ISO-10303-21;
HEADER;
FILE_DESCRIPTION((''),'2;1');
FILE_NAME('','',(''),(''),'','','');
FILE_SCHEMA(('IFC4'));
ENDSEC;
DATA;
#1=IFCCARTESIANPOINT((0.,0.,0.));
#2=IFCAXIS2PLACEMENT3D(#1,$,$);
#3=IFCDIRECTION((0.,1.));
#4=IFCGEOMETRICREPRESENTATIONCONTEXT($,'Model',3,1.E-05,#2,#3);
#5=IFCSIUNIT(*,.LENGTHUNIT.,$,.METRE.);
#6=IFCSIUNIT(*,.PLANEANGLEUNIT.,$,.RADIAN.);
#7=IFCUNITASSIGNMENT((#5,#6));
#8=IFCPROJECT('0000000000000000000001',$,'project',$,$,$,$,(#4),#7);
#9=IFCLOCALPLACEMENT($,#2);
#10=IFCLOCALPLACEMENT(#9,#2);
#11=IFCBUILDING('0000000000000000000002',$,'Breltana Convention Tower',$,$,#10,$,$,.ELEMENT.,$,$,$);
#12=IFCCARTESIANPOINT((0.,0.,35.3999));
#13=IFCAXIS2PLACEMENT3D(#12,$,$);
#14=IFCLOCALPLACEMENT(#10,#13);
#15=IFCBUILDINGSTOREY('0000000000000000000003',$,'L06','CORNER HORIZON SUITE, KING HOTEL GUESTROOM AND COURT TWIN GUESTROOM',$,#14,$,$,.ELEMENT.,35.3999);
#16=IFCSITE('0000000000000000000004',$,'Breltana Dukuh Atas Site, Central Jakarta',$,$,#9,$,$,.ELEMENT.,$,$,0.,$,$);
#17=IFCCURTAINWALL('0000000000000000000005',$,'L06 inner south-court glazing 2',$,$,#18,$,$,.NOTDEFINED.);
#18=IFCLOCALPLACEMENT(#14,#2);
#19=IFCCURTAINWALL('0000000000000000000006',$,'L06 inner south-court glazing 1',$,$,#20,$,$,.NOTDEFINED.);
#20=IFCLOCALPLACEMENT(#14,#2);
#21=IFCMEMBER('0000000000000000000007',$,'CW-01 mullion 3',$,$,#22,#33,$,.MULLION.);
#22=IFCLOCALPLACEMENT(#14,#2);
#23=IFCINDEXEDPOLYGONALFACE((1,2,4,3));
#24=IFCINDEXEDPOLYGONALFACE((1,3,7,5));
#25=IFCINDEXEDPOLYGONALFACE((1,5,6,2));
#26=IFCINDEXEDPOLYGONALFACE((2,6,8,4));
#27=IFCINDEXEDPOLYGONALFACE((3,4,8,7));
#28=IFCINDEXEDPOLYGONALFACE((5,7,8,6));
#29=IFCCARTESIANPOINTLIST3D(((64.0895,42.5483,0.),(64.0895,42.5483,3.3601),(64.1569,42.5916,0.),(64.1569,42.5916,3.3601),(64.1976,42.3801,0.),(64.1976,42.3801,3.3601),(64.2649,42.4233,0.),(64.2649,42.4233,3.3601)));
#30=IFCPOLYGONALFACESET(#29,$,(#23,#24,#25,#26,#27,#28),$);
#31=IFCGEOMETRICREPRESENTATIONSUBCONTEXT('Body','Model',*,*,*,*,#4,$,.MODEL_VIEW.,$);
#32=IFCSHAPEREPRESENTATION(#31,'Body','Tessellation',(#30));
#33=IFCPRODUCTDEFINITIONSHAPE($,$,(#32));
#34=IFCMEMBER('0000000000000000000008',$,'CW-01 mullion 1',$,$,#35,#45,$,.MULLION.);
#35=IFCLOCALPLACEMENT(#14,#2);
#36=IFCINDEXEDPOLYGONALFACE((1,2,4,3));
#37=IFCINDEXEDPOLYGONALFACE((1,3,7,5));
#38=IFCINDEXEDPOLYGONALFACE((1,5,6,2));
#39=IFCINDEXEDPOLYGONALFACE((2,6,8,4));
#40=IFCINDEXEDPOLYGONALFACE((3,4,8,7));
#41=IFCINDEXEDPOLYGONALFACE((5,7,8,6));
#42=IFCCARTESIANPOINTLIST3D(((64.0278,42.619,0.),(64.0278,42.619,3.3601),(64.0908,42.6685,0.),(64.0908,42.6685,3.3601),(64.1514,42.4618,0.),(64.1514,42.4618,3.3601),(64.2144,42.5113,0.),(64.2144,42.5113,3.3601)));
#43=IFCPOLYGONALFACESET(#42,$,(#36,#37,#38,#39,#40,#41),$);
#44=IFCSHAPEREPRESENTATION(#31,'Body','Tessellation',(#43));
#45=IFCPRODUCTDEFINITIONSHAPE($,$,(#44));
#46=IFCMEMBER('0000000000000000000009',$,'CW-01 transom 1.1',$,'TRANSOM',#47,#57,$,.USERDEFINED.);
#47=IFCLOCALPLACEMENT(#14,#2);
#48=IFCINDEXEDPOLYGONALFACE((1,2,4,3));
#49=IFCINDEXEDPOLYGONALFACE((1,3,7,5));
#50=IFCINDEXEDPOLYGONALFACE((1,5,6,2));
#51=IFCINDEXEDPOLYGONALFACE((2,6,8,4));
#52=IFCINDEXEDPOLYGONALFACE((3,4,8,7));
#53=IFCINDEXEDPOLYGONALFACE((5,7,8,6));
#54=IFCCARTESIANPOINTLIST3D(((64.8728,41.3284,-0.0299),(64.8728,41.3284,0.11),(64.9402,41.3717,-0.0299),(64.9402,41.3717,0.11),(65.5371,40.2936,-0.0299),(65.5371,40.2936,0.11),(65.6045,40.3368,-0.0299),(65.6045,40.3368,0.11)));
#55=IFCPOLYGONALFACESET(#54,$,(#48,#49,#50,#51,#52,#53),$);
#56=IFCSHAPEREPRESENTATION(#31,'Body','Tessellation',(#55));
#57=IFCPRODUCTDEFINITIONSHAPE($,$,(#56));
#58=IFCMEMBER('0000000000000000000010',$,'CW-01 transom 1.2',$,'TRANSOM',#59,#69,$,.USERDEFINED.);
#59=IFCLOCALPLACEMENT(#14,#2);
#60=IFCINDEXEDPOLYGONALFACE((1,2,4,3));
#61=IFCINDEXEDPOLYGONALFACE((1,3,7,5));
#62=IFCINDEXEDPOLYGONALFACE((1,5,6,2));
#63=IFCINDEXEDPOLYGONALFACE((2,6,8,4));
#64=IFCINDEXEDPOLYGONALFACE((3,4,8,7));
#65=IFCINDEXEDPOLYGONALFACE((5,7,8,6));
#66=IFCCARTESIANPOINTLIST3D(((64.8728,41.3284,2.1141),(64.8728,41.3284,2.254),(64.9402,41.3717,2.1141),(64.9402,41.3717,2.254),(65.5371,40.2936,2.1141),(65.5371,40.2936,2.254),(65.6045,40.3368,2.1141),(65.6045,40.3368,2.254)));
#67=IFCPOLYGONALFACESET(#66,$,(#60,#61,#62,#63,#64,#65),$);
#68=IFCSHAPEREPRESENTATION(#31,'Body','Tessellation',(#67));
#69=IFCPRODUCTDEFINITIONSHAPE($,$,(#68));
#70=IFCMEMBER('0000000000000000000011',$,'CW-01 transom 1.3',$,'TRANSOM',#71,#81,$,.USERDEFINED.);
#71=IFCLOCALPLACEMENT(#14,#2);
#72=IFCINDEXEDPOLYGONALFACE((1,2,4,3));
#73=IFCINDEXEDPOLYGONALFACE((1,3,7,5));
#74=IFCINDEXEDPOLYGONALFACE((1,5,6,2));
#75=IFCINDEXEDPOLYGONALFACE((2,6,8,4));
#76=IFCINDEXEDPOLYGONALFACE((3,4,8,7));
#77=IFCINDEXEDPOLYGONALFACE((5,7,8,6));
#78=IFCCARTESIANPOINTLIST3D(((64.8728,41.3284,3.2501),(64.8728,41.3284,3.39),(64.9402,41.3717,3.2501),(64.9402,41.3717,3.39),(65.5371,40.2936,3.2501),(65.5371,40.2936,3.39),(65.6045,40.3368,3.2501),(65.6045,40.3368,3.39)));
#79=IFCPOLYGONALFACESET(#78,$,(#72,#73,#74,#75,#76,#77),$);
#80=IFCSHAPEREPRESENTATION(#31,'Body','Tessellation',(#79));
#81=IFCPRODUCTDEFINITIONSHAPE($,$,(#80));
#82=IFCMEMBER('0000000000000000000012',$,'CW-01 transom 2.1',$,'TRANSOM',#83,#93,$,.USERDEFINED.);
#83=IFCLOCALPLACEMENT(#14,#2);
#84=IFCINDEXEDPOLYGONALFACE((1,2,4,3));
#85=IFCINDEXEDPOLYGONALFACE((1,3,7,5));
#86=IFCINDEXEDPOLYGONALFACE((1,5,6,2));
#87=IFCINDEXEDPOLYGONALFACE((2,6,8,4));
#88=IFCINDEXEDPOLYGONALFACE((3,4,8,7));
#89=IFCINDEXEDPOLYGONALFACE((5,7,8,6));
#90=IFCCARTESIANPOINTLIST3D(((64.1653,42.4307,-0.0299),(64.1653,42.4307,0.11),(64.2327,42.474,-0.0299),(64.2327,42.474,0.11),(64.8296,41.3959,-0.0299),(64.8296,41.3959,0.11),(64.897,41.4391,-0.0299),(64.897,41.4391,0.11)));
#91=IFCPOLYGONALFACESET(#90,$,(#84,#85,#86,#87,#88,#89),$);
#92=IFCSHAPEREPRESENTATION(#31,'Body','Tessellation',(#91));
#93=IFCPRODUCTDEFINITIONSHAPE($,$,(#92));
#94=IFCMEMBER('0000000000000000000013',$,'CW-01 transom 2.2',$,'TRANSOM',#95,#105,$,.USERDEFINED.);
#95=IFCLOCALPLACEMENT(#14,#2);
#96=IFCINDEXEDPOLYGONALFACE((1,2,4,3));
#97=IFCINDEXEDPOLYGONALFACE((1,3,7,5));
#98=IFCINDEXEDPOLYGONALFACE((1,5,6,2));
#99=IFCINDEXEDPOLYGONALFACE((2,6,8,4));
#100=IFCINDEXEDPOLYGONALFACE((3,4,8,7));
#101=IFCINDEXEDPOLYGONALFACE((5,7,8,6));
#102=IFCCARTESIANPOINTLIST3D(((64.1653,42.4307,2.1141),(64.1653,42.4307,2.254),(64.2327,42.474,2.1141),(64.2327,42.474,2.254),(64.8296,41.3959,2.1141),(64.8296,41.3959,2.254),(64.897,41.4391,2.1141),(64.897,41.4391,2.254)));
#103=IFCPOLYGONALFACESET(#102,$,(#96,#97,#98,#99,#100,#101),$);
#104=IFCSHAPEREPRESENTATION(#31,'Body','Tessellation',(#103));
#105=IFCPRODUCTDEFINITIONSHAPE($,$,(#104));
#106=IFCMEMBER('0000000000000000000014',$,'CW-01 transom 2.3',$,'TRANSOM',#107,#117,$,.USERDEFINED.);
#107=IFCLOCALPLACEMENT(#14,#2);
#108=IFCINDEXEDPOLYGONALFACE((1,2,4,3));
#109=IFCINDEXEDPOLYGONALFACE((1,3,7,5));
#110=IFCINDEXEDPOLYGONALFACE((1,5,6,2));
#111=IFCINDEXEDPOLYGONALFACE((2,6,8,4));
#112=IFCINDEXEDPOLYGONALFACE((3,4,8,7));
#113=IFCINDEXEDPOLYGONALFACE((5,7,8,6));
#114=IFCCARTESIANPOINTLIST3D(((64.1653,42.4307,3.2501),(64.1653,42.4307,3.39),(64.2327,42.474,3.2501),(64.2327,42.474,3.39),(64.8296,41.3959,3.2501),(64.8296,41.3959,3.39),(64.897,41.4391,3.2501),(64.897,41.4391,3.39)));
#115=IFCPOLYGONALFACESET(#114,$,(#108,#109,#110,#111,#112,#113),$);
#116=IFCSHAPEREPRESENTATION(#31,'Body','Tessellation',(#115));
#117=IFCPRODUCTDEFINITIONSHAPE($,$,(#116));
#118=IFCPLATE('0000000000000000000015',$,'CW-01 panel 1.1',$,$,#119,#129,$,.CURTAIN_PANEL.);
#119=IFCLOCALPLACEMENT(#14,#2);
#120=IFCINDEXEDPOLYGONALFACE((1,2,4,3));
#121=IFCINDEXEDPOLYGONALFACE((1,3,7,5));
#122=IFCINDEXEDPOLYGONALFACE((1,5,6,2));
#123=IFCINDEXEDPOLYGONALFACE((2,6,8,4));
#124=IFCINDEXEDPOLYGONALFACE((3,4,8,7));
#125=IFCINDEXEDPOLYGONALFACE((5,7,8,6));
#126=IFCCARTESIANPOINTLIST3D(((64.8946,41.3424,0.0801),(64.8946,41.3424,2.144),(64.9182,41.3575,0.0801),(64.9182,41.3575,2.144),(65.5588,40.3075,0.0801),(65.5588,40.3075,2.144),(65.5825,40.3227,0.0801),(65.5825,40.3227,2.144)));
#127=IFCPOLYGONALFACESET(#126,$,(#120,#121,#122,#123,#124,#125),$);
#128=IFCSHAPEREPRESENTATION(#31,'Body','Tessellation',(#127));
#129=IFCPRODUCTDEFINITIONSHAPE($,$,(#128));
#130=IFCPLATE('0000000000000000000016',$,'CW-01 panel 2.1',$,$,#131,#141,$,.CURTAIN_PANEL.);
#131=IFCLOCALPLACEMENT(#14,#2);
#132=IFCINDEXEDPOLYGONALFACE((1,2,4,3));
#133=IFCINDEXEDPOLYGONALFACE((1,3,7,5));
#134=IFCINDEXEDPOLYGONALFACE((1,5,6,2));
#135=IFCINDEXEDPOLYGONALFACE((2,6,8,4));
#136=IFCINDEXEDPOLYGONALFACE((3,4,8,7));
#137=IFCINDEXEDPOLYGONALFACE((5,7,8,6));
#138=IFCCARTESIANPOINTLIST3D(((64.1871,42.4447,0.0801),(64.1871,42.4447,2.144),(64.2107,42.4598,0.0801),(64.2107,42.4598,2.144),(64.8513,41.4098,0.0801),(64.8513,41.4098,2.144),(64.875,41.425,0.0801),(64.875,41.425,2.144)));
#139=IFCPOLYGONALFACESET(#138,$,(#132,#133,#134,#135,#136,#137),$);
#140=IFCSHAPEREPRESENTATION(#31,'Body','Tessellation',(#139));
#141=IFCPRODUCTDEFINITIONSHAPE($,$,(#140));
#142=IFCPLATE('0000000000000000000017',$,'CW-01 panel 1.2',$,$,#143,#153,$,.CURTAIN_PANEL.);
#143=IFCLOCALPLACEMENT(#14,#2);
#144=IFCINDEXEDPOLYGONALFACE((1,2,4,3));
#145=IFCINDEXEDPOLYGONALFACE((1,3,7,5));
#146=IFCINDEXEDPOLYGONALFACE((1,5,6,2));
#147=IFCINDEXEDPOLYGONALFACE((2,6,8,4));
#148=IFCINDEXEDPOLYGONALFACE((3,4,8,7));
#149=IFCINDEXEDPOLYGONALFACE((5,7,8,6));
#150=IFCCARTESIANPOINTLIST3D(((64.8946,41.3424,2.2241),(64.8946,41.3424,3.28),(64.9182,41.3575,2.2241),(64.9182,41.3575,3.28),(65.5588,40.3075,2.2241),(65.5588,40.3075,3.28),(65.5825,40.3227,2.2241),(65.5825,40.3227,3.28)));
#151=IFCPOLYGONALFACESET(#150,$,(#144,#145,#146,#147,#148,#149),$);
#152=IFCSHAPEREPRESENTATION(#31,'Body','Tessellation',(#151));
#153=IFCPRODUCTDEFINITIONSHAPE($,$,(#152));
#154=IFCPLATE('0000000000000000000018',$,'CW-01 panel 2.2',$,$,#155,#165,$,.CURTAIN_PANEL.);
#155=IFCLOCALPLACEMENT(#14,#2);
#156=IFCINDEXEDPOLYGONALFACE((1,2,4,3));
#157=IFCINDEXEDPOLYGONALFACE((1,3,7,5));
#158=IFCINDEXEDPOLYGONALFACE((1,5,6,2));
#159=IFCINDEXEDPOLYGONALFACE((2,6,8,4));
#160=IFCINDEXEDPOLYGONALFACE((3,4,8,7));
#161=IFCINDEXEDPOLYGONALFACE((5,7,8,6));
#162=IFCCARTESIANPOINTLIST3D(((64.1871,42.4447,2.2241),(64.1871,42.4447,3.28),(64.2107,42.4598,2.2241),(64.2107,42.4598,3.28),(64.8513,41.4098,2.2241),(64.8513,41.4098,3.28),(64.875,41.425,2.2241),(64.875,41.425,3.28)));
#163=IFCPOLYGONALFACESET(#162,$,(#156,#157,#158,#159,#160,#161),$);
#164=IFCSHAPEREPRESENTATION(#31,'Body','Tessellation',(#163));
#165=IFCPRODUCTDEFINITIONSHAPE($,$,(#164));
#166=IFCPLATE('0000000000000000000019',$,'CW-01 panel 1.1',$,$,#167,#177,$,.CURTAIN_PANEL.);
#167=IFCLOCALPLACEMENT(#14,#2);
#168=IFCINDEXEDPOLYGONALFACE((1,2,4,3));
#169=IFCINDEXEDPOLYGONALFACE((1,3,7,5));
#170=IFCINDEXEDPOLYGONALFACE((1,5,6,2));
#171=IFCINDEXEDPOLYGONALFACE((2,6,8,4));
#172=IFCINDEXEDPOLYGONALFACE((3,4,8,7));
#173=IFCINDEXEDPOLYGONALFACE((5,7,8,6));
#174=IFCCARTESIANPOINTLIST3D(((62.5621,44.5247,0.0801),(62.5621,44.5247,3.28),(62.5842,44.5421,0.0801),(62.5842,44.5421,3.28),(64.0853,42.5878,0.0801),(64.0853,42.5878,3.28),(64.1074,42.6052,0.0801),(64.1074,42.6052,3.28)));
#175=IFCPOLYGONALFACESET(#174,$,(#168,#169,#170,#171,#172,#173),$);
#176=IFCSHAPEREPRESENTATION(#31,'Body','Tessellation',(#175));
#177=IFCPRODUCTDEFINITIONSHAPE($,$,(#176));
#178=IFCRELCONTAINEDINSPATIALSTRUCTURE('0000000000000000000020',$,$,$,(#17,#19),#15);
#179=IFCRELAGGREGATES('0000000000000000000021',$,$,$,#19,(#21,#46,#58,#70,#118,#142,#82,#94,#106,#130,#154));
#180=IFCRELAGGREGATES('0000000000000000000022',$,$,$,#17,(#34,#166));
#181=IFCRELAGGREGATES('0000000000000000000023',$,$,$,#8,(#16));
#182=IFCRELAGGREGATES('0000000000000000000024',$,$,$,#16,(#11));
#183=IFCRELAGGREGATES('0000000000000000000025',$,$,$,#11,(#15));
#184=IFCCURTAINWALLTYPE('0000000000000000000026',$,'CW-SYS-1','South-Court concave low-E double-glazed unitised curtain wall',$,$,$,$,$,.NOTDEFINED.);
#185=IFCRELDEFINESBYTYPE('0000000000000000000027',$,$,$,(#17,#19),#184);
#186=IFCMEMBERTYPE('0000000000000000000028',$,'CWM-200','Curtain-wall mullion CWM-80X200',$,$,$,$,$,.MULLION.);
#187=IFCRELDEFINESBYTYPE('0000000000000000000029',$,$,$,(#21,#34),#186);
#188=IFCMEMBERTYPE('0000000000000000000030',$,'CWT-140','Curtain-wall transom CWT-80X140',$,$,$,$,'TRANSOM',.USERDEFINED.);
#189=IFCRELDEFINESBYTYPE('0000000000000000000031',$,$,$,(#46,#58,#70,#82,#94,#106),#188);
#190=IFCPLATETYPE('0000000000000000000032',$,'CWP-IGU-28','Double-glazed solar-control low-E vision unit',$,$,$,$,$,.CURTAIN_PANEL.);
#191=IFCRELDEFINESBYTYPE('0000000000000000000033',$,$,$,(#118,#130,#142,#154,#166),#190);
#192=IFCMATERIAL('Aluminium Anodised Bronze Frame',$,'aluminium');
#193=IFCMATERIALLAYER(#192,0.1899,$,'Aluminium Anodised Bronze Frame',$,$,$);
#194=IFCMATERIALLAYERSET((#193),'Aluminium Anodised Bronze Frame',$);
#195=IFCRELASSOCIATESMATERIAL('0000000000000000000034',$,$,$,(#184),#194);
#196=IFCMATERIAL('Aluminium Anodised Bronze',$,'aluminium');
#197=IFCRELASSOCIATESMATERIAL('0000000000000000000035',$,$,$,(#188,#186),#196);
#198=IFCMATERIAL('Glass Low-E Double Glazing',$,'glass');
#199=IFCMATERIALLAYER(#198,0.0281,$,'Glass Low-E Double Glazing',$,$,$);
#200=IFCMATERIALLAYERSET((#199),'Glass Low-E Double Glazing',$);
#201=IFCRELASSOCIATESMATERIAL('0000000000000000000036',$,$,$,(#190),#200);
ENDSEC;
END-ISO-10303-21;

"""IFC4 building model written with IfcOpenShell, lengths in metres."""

from ifc_helpers import new_model, si_unit, direction, frame, origin, origin_2d, place, context, subcontext, project, spatial, rectangle, extrude, source, transform, mapped, material, layer, layer_set, material_profile, profile_set, type_object, element, aggregate, save


model = new_model("IFC4")

# Units and contexts
model_context = context("Model", 3, precision=1e-05, world=origin(), true_north=direction((0.0, 1.0)))
body_context = subcontext(model_context, "Body", "Model", "MODEL_VIEW")
ifc_project = project(units=[si_unit("LENGTHUNIT", "METRE"), si_unit("PLANEANGLEUNIT", "RADIAN")], contexts=[model_context])

# Site, building, storey
site_placement = place(None, origin())
site = spatial("IfcSite", under=ifc_project, at=site_placement, Name="Breltana Dukuh Atas Site, Central Jakarta", CompositionType="ELEMENT", RefElevation=0.0)
building_placement = place(site_placement, origin())
building = spatial("IfcBuilding", under=site, at=building_placement, Name="Breltana Convention Tower", CompositionType="ELEMENT")
storey_placement = place(building_placement, frame((0.0, 0.0, 35.3999)))
storey = spatial("IfcBuildingStorey", under=building, at=storey_placement, Name="L06", Description="CORNER HORIZON SUITE, KING HOTEL GUESTROOM AND COURT TWIN GUESTROOM", CompositionType="ELEMENT", Elevation=35.3999)

# Curtain walls, member
ifc_material_1 = material(Name="Aluminium Anodised Bronze Frame", Category="aluminium")
ifc_layer_1 = layer(ifc_material_1, 0.1899, Name="Aluminium Anodised Bronze Frame")
ifc_layer_set_1 = layer_set([ifc_layer_1], Name="Aluminium Anodised Bronze Frame")
curtain_wall_type = type_object("IfcCurtainWallType", Name="CW-SYS-1", Description="South-Court concave low-E double-glazed unitised curtain wall", PredefinedType="NOTDEFINED", material=ifc_layer_set_1)
curtain_wall_1_placement = place(storey_placement, origin())
curtain_wall_1 = element("IfcCurtainWall", 1, at=curtain_wall_1_placement, inside=storey, type_object=curtain_wall_type, Name="L06 inner south-court glazing 2", PredefinedType="NOTDEFINED")
ifc_material_2 = material(Name="Aluminium Anodised Bronze", Category="aluminium")
ifc_material_profile_1 = material_profile(ifc_material_2, rectangle(XDim=0.0801, YDim=0.1399, at=origin_2d()), Name="CWT-80X140")
ifc_profile_set_1 = profile_set([ifc_material_profile_1], Name="Aluminium Anodised Bronze")
member_type_1 = type_object("IfcMemberType", Name="CWT-140", Description="Curtain-wall transom CWT-80X140", ElementType="TRANSOM", PredefinedType="USERDEFINED", material=ifc_profile_set_1)
curtain_wall_2_placement = place(storey_placement, origin())
curtain_wall_2 = element("IfcCurtainWall", 2, at=curtain_wall_2_placement, inside=storey, type_object=curtain_wall_type, Name="L06 inner south-court glazing 1", PredefinedType="NOTDEFINED")
ifc_material_profile_2 = material_profile(ifc_material_2, rectangle(XDim=0.0801, YDim=0.2, at=origin_2d()), Name="CWM-80X200")
ifc_profile_set_2 = profile_set([ifc_material_profile_2], Name="Aluminium Anodised Bronze")
member_type_2 = type_object("IfcMemberType", Name="CWM-200", Description="Curtain-wall mullion CWM-80X200", PredefinedType="MULLION", material=ifc_profile_set_2)
shared_shape_1 = source(origin(), body_context, "Body", "SweptSolid", [
    extrude(rectangle(XDim=0.0801, YDim=0.2, at=origin_2d()), origin(), (0.0, 0.0, 1.0), 3.3601),
])
member_1_placement = place(storey_placement, frame((64.1772, 42.4858, 0.0), z_axis=(0.0, 0.0, 1.0), x_axis=(-0.841556, -0.54017, 0.0)))
member_1 = element("IfcMember", 3, at=member_1_placement, type_object=member_type_2, Name="CW-01 mullion 3", PredefinedType="MULLION", context=body_context, shape_type="MappedRepresentation", body=[
    mapped(shared_shape_1, transform((0.0, 0.0, 0.0), scale=1.0)),
])

# Members
member_2_placement = place(storey_placement, frame((64.1211, 42.5652, 0.0), z_axis=(0.0, 0.0, 1.0), x_axis=(-0.786058, -0.618153, 0.0)))
member_2 = element("IfcMember", 4, at=member_2_placement, type_object=member_type_2, Name="CW-01 mullion 1", PredefinedType="MULLION", context=body_context, shape_type="MappedRepresentation", body=[
    mapped(shared_shape_1, transform((0.0, 0.0, 0.0), scale=1.0)),
])
shared_shape_2 = source(origin(), body_context, "Body", "SweptSolid", [
    extrude(rectangle(XDim=0.0801, YDim=0.1399, at=origin_2d()), origin(), (0.0, 0.0, 1.0), 1.2297),
])
member_3_placement = place(storey_placement, frame((65.5708, 40.3152, 0.04), z_axis=(-0.540186, 0.841546, 0.0), x_axis=(-0.841546, -0.540186, 0.0)))
member_3 = element("IfcMember", 5, at=member_3_placement, type_object=member_type_1, Name="CW-01 transom 1.1", ObjectType="TRANSOM", PredefinedType="USERDEFINED", context=body_context, shape_type="MappedRepresentation", body=[
    mapped(shared_shape_2, transform((0.0, 0.0, 0.0), scale=1.0)),
])
member_4_placement = place(storey_placement, frame((65.5708, 40.3152, 2.1841), z_axis=(-0.540186, 0.841546, 0.0), x_axis=(-0.841546, -0.540186, 0.0)))
member_4 = element("IfcMember", 6, at=member_4_placement, type_object=member_type_1, Name="CW-01 transom 1.2", ObjectType="TRANSOM", PredefinedType="USERDEFINED", context=body_context, shape_type="MappedRepresentation", body=[
    mapped(shared_shape_2, transform((0.0, 0.0, 0.0), scale=1.0)),
])
member_5_placement = place(storey_placement, frame((65.5708, 40.3152, 3.3201), z_axis=(-0.540186, 0.841546, 0.0), x_axis=(-0.841546, -0.540186, 0.0)))
member_5 = element("IfcMember", 7, at=member_5_placement, type_object=member_type_1, Name="CW-01 transom 1.3", ObjectType="TRANSOM", PredefinedType="USERDEFINED", context=body_context, shape_type="MappedRepresentation", body=[
    mapped(shared_shape_2, transform((0.0, 0.0, 0.0), scale=1.0)),
])
member_6_placement = place(storey_placement, frame((64.8633, 41.4175, 0.04), z_axis=(-0.540186, 0.841546, 0.0), x_axis=(-0.841546, -0.540186, 0.0)))
member_6 = element("IfcMember", 8, at=member_6_placement, type_object=member_type_1, Name="CW-01 transom 2.1", ObjectType="TRANSOM", PredefinedType="USERDEFINED", context=body_context, shape_type="MappedRepresentation", body=[
    mapped(shared_shape_2, transform((0.0, 0.0, 0.0), scale=1.0)),
])
member_7_placement = place(storey_placement, frame((64.8633, 41.4175, 2.1841), z_axis=(-0.540186, 0.841546, 0.0), x_axis=(-0.841546, -0.540186, 0.0)))
member_7 = element("IfcMember", 9, at=member_7_placement, type_object=member_type_1, Name="CW-01 transom 2.2", ObjectType="TRANSOM", PredefinedType="USERDEFINED", context=body_context, shape_type="MappedRepresentation", body=[
    mapped(shared_shape_2, transform((0.0, 0.0, 0.0), scale=1.0)),
])
member_8_placement = place(storey_placement, frame((64.8633, 41.4175, 3.3201), z_axis=(-0.540186, 0.841546, 0.0), x_axis=(-0.841546, -0.540186, 0.0)))
member_8 = element("IfcMember", 10, at=member_8_placement, type_object=member_type_1, Name="CW-01 transom 2.3", ObjectType="TRANSOM", PredefinedType="USERDEFINED", context=body_context, shape_type="MappedRepresentation", body=[
    mapped(shared_shape_2, transform((0.0, 0.0, 0.0), scale=1.0)),
])

# Plates
ifc_material_3 = material(Name="Glass Low-E Double Glazing", Category="glass")
ifc_layer_2 = layer(ifc_material_3, 0.0281, Name="Glass Low-E Double Glazing")
ifc_layer_set_2 = layer_set([ifc_layer_2], Name="Glass Low-E Double Glazing")
plate_type = type_object("IfcPlateType", Name="CWP-IGU-28", Description="Double-glazed solar-control low-E vision unit", PredefinedType="CURTAIN_PANEL", material=ifc_layer_set_2)
shared_shape_3 = source(origin(), body_context, "Body", "SweptSolid", [
    extrude(rectangle(XDim=1.2297, YDim=0.0281, at=origin_2d()), origin(), (0.0, 0.0, 1.0), 2.064),
])
plate_1_placement = place(storey_placement, frame((65.2385, 40.8325, 0.0801), z_axis=(0.0, 0.0, 1.0), x_axis=(-0.54017, 0.841556, 0.0)))
plate_1 = element("IfcPlate", 11, at=plate_1_placement, type_object=plate_type, Name="CW-01 panel 1.1", PredefinedType="CURTAIN_PANEL", context=body_context, shape_type="MappedRepresentation", body=[
    mapped(shared_shape_3, transform((0.0, 0.0, 0.0), scale=1.0)),
])
plate_2_placement = place(storey_placement, frame((64.531, 41.9348, 0.0801), z_axis=(0.0, 0.0, 1.0), x_axis=(-0.54017, 0.841556, 0.0)))
plate_2 = element("IfcPlate", 12, at=plate_2_placement, type_object=plate_type, Name="CW-01 panel 2.1", PredefinedType="CURTAIN_PANEL", context=body_context, shape_type="MappedRepresentation", body=[
    mapped(shared_shape_3, transform((0.0, 0.0, 0.0), scale=1.0)),
])
shared_shape_4 = source(origin(), body_context, "Body", "SweptSolid", [
    extrude(rectangle(XDim=1.2297, YDim=0.0281, at=origin_2d()), origin(), (0.0, 0.0, 1.0), 1.0559),
])
plate_3_placement = place(storey_placement, frame((65.2385, 40.8325, 2.2241), z_axis=(0.0, 0.0, 1.0), x_axis=(-0.54017, 0.841556, 0.0)))
plate_3 = element("IfcPlate", 13, at=plate_3_placement, type_object=plate_type, Name="CW-01 panel 1.2", PredefinedType="CURTAIN_PANEL", context=body_context, shape_type="MappedRepresentation", body=[
    mapped(shared_shape_4, transform((0.0, 0.0, 0.0), scale=1.0)),
])
plate_4_placement = place(storey_placement, frame((64.531, 41.9348, 2.2241), z_axis=(0.0, 0.0, 1.0), x_axis=(-0.54017, 0.841556, 0.0)))
plate_4 = element("IfcPlate", 14, at=plate_4_placement, type_object=plate_type, Name="CW-01 panel 2.2", PredefinedType="CURTAIN_PANEL", context=body_context, shape_type="MappedRepresentation", body=[
    mapped(shared_shape_4, transform((0.0, 0.0, 0.0), scale=1.0)),
])
aggregate(curtain_wall_2, [member_1, member_3, member_4, member_5, plate_1, plate_3, member_6, member_7, member_8, plate_2, plate_4])
shared_shape_5 = source(origin(), body_context, "Body", "SweptSolid", [
    extrude(rectangle(XDim=2.4641, YDim=0.0281, at=origin_2d()), origin(), (0.0, 0.0, 1.0), 3.2),
])
plate_5_placement = place(storey_placement, frame((63.3347, 43.5649, 0.0801), z_axis=(0.0, 0.0, 1.0), x_axis=(-0.618153, 0.786058, 0.0)))
plate_5 = element("IfcPlate", 15, at=plate_5_placement, type_object=plate_type, Name="CW-01 panel 1.1", PredefinedType="CURTAIN_PANEL", context=body_context, shape_type="MappedRepresentation", body=[
    mapped(shared_shape_5, transform((0.0, 0.0, 0.0), scale=1.0)),
])
aggregate(curtain_wall_1, [member_2, plate_5])

save(model, "model.ifc")
